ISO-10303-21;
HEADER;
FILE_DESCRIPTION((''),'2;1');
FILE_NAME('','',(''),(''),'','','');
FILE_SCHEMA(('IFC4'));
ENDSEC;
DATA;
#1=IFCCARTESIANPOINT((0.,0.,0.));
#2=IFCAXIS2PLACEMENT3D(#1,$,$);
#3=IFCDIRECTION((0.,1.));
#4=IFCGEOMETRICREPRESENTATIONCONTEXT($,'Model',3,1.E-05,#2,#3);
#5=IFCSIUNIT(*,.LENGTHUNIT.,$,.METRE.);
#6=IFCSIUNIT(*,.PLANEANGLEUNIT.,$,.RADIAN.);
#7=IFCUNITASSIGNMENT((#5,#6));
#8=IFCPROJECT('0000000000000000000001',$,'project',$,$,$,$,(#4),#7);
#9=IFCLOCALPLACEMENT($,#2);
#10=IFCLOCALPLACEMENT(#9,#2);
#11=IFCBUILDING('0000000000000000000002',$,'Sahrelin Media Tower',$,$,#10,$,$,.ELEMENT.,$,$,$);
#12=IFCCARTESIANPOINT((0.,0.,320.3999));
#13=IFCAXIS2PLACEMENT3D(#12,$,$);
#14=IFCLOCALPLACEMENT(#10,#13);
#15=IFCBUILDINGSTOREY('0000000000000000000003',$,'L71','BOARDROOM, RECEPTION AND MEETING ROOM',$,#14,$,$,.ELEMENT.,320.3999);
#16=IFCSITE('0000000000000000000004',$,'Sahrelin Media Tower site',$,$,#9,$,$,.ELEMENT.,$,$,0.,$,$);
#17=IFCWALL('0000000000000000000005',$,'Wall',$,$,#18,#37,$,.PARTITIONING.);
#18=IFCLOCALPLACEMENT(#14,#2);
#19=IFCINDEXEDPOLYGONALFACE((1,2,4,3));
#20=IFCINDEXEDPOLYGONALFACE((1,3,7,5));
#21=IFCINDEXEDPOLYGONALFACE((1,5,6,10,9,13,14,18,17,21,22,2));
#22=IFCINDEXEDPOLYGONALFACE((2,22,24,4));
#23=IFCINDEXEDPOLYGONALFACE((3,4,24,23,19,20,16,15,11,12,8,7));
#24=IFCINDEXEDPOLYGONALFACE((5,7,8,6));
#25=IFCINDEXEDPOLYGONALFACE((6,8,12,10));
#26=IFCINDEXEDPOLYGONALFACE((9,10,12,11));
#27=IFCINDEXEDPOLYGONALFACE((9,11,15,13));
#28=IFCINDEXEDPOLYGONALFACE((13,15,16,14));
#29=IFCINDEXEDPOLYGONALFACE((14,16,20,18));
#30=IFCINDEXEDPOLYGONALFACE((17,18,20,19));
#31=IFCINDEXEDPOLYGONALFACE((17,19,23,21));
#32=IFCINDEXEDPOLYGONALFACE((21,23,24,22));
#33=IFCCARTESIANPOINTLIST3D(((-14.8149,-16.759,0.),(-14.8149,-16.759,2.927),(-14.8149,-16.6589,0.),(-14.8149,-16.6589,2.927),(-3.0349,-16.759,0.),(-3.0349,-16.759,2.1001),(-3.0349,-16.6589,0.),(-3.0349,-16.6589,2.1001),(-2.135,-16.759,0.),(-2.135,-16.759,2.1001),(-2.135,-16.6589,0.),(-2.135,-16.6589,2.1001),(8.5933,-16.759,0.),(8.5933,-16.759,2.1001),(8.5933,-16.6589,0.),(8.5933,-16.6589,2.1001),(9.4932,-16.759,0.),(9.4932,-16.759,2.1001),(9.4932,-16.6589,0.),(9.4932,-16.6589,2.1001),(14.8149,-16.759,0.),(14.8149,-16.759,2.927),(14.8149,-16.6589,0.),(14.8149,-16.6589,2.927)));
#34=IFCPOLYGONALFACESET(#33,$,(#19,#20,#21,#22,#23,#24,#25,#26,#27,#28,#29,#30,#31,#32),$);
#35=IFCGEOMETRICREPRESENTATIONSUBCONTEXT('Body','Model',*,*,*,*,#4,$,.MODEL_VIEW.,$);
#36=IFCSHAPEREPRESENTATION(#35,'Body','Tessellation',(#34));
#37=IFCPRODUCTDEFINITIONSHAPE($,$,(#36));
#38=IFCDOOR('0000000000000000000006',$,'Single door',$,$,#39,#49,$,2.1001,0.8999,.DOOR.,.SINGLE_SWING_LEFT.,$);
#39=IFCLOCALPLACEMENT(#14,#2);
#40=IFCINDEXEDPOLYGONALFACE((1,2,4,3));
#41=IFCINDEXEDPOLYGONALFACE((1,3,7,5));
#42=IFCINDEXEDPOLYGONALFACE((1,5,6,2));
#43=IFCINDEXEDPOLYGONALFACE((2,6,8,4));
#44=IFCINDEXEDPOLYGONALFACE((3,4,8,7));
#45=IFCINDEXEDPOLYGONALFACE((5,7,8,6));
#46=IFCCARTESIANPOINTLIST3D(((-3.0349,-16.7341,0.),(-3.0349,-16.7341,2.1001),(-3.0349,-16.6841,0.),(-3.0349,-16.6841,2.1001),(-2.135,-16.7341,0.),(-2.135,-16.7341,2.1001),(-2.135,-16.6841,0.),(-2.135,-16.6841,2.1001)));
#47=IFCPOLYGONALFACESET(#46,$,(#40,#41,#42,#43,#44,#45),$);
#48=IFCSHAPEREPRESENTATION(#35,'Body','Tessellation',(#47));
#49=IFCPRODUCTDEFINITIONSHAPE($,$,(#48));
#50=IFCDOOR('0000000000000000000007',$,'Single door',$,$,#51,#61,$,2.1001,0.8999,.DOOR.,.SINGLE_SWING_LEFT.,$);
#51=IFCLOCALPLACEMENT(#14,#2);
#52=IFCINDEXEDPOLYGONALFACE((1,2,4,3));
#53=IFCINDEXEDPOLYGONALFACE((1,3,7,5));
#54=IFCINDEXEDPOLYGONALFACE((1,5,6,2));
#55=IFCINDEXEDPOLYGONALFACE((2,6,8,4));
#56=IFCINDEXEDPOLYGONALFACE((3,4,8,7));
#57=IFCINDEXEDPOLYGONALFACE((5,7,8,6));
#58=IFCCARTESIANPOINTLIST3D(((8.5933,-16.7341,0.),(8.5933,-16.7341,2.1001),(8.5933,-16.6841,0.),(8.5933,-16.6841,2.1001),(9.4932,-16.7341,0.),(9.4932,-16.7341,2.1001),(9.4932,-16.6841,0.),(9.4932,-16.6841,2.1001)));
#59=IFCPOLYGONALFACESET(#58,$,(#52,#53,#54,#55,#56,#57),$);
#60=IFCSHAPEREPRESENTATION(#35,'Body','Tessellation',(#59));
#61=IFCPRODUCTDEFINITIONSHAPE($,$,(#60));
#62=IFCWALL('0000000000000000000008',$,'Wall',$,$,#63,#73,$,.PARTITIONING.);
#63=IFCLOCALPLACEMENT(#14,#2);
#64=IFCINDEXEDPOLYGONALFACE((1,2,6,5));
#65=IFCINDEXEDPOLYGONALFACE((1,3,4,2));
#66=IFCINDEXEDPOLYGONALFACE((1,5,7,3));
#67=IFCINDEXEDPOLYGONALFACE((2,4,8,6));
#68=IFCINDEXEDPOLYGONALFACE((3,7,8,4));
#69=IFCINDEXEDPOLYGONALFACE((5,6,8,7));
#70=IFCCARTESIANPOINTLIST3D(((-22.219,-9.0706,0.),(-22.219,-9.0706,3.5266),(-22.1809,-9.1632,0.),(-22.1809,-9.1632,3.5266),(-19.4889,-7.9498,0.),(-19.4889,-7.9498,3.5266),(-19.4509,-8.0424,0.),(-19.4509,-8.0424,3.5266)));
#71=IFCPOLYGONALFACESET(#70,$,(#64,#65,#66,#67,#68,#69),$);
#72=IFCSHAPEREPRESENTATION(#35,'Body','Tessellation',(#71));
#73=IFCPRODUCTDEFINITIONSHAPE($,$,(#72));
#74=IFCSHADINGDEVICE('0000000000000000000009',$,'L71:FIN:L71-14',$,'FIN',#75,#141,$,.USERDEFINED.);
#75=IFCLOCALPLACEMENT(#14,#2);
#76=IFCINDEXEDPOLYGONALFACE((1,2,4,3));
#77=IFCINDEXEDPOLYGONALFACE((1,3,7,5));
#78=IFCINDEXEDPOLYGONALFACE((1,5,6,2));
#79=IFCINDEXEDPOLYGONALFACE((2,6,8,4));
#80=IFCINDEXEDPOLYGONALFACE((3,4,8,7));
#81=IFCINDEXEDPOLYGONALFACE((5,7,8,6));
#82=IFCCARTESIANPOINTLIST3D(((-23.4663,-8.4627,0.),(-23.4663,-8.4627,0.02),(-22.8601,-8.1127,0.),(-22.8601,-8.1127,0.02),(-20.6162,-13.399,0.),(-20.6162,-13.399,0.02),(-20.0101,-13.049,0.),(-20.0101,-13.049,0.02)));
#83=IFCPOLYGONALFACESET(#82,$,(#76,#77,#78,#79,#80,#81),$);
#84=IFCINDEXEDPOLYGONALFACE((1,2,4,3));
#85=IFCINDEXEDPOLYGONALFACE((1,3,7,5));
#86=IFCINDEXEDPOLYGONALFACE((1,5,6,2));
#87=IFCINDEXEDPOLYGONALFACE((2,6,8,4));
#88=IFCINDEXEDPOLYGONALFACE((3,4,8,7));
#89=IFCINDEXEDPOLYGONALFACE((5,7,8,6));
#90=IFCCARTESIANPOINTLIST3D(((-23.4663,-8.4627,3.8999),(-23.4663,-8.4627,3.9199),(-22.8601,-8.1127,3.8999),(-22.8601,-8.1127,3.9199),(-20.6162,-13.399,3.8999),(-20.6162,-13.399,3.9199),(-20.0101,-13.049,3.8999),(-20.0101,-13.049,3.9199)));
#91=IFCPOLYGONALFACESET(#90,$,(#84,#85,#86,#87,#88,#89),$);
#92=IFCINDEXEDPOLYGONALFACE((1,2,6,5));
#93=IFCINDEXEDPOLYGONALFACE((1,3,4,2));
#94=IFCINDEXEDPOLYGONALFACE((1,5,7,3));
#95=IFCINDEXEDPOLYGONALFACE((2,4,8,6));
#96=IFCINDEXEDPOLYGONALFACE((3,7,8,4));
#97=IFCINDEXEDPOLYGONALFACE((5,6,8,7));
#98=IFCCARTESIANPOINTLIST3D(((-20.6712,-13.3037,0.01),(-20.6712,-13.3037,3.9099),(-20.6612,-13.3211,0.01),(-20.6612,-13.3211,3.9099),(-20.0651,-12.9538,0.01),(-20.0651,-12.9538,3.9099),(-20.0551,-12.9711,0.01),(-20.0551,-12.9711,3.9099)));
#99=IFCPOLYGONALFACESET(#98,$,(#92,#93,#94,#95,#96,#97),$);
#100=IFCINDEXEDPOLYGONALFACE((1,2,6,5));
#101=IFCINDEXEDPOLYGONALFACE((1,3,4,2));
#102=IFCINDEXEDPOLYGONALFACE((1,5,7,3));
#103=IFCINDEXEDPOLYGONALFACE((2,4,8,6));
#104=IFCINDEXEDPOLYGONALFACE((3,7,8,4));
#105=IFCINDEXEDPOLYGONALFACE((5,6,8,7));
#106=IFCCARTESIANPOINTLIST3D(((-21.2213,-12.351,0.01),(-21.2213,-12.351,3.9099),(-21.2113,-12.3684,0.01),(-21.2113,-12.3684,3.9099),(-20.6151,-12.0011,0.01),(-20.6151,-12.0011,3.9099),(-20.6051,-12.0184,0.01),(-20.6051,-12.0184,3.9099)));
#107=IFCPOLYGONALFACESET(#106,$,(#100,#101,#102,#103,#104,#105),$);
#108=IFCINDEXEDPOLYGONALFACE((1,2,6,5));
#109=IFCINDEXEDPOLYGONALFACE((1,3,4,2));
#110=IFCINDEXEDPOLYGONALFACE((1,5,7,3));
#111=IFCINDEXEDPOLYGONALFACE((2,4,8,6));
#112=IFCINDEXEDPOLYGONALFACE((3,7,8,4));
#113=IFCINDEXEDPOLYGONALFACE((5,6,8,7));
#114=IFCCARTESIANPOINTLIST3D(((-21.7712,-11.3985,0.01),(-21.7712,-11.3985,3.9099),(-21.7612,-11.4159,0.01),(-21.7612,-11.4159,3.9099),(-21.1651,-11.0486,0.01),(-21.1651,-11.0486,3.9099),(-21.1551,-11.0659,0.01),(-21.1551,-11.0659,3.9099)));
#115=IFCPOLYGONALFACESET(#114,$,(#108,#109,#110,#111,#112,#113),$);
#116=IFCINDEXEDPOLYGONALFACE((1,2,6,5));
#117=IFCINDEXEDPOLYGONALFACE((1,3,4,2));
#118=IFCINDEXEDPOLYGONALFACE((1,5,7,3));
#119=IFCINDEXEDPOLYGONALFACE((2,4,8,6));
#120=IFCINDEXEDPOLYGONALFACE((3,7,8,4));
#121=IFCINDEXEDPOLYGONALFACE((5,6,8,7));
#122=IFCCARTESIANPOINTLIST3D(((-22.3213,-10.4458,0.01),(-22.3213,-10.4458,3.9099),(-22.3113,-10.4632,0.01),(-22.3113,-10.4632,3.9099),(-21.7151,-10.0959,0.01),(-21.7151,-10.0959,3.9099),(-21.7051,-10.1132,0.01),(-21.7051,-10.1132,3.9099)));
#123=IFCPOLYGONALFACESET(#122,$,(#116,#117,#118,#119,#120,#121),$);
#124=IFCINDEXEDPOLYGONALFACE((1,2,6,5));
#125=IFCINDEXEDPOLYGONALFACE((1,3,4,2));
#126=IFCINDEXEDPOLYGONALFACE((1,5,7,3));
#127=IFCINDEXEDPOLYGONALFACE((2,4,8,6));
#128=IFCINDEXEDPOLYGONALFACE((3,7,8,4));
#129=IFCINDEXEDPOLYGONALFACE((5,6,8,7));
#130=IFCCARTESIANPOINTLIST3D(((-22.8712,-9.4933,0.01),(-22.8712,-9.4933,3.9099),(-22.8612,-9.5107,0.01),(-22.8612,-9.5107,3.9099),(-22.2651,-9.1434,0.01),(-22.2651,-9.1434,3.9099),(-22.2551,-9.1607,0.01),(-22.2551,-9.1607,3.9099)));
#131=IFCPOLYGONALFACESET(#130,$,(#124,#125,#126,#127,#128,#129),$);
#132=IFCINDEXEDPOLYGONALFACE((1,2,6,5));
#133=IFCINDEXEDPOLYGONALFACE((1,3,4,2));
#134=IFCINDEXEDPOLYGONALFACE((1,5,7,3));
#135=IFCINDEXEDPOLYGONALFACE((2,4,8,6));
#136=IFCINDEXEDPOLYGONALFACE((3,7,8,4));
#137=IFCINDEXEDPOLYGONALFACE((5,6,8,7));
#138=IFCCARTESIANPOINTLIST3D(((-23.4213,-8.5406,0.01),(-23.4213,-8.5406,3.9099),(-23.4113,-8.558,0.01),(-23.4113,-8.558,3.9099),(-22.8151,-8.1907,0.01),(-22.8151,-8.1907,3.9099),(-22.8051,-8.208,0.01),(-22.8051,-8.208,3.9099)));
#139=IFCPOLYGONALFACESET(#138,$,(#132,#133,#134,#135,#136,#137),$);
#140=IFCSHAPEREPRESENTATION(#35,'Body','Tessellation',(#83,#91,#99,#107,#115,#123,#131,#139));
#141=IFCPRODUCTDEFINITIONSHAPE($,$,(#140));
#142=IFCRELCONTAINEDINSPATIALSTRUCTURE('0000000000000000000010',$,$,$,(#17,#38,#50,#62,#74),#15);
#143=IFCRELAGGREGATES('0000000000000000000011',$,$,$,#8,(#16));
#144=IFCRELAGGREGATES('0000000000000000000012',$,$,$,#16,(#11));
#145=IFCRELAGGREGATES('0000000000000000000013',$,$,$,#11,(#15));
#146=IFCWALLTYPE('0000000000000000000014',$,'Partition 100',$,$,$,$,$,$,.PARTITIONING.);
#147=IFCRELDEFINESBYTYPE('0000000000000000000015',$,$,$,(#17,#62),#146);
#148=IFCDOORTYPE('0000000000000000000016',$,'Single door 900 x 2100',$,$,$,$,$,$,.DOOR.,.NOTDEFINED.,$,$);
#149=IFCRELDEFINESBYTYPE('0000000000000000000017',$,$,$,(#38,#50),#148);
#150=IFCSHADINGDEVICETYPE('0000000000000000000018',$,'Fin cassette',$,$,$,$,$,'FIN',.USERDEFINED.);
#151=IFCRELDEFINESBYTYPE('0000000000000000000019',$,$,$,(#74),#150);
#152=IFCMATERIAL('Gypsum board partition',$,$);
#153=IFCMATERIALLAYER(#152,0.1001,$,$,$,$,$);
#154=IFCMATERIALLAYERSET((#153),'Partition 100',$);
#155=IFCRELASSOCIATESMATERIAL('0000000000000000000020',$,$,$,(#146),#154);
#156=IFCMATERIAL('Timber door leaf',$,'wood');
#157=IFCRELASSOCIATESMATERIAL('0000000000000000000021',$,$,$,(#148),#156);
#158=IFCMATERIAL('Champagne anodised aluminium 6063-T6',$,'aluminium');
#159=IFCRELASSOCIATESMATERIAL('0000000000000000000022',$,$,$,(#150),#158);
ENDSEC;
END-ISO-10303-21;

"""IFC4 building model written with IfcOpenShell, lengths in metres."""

from ifc_helpers import new_model, si_unit, direction, frame, frame_2d, origin, origin_2d, place, context, subcontext, project, spatial, rectangle, extrude, material, layer, layer_set, type_object, element, fill, save


model = new_model("IFC4")

# Units and contexts
model_context = context("Model", 3, precision=1e-05, world=origin(), true_north=direction((0.0, 1.0)))
body_context = subcontext(model_context, "Body", "Model", "MODEL_VIEW")
ifc_project = project(units=[si_unit("LENGTHUNIT", "METRE"), si_unit("PLANEANGLEUNIT", "RADIAN")], contexts=[model_context])

# Site, building, storey
site_placement = place(None, origin())
site = spatial("IfcSite", under=ifc_project, at=site_placement, Name="Sahrelin Media Tower site", CompositionType="ELEMENT", RefElevation=0.0)
building_placement = place(site_placement, origin())
building = spatial("IfcBuilding", under=site, at=building_placement, Name="Sahrelin Media Tower", CompositionType="ELEMENT")
storey_placement = place(building_placement, frame((0.0, 0.0, 320.3999)))
storey = spatial("IfcBuildingStorey", under=building, at=storey_placement, Name="L71", Description="BOARDROOM, RECEPTION AND MEETING ROOM", CompositionType="ELEMENT", Elevation=320.3999)

# Shared definitions
ifc_material_1 = material(Name="Champagne anodised aluminium 6063-T6", Category="aluminium")

# Shared definitions
ifc_material_2 = material(Name="Gypsum board partition")
ifc_layer_1 = layer(ifc_material_2, 0.1001)
ifc_layer_set_1 = layer_set([ifc_layer_1], Name="Partition 100")
wall_type_1 = type_object("IfcWallType", Name="Partition 100", PredefinedType="PARTITIONING", material=ifc_layer_set_1)

# Wall, openings, doors
wall_1_placement = place(storey_placement, frame((-14.8149, -16.709, 0.0), z_axis=(0.0, 0.0, 1.0), x_axis=(1.0, 0.0, 0.0)))
wall_1 = element("IfcWall", 1, at=wall_1_placement, inside=storey, type_object=wall_type_1, Name="Wall", PredefinedType="PARTITIONING", context=body_context, shape_type="SweptSolid", body=[
    extrude(rectangle(XDim=29.6299, YDim=0.1001, at=frame_2d((14.8149, 0.0))), origin(), (0.0, 0.0, 1.0), 2.927),
])
opening_1_placement = place(wall_1_placement, frame((11.78, 0.0, 0.0)))
opening_1 = element("IfcOpeningElement", 2, at=opening_1_placement, cuts=wall_1, PredefinedType="OPENING", context=body_context, shape_type="SweptSolid", body=[
    extrude(rectangle(XDim=0.8999, YDim=2.1001, at=frame_2d((0.45, 1.05))), frame((0.0, 0.05, 0.0), z_axis=(0.0, -1.0, 0.0), x_axis=(1.0, 0.0, 0.0)), (0.0, 0.0, 1.0), 0.1001),
])
opening_2_placement = place(wall_1_placement, frame((23.4082, 0.0, 0.0)))
opening_2 = element("IfcOpeningElement", 3, at=opening_2_placement, cuts=wall_1, PredefinedType="OPENING", context=body_context, shape_type="SweptSolid", body=[
    extrude(rectangle(XDim=0.8999, YDim=2.1001, at=frame_2d((0.45, 1.05))), frame((0.0, 0.05, 0.0), z_axis=(0.0, -1.0, 0.0), x_axis=(1.0, 0.0, 0.0)), (0.0, 0.0, 1.0), 0.1001),
])
ifc_material_3 = material(Name="Timber door leaf", Category="wood")
door_type = type_object("IfcDoorType", Name="Single door 900 x 2100", OperationType="NOTDEFINED", PredefinedType="DOOR", material=ifc_material_3)
door_1_placement = place(opening_1_placement, origin())
door_1 = element("IfcDoor", 4, at=door_1_placement, inside=storey, type_object=door_type, Name="Single door", OperationType="SINGLE_SWING_LEFT", OverallHeight=2.1001, OverallWidth=0.8999, PredefinedType="DOOR", context=body_context, shape_type="SweptSolid", body=[
    extrude(rectangle(XDim=0.8999, YDim=2.1001, at=frame_2d((0.45, 1.05))), frame((0.0, 0.0249, 0.0), z_axis=(0.0, -1.0, 0.0), x_axis=(1.0, 0.0, 0.0)), (0.0, 0.0, 1.0), 0.05),
])
fill(opening_1, door_1)
door_2_placement = place(opening_2_placement, origin())
door_2 = element("IfcDoor", 5, at=door_2_placement, inside=storey, type_object=door_type, Name="Single door", OperationType="SINGLE_SWING_LEFT", OverallHeight=2.1001, OverallWidth=0.8999, PredefinedType="DOOR", context=body_context, shape_type="SweptSolid", body=[
    extrude(rectangle(XDim=0.8999, YDim=2.1001, at=frame_2d((0.45, 1.05))), frame((0.0, 0.0249, 0.0), z_axis=(0.0, -1.0, 0.0), x_axis=(1.0, 0.0, 0.0)), (0.0, 0.0, 1.0), 0.05),
])
fill(opening_2, door_2)

# Wall
wall_2_placement = place(storey_placement, frame((-22.2, -9.1169, 0.0), z_axis=(0.0, 0.0, 1.0), x_axis=(0.925067, 0.379805, 0.0)))
element("IfcWall", 6, at=wall_2_placement, inside=storey, type_object=wall_type_1, Name="Wall", PredefinedType="PARTITIONING", context=body_context, shape_type="SweptSolid", body=[
    extrude(rectangle(XDim=2.9512, YDim=0.1001, at=frame_2d((1.4756, 0.0))), origin(), (0.0, 0.0, 1.0), 3.5266),
])

# Shading device
shading_device_type_1 = type_object("IfcShadingDeviceType", Name="Fin cassette", ElementType="FIN", PredefinedType="USERDEFINED", material=ifc_material_1)
placement_1 = place(storey_placement, frame((-21.3745, -10.5459, 0.0), z_axis=(0.0, 0.0, 1.0), x_axis=(-0.500011, 0.866019, 0.0)))
element("IfcShadingDevice", 7, at=placement_1, inside=storey, type_object=shading_device_type_1, Name="L71:FIN:L71-14", ObjectType="FIN", PredefinedType="USERDEFINED", context=body_context, shape_type="SweptSolid", body=[
    extrude(rectangle(XDim=5.7, YDim=0.7, at=origin_2d()), frame((0.0, 0.4199, 0.0)), (0.0, 0.0, 1.0), 0.02),
    extrude(rectangle(XDim=5.7, YDim=0.7, at=origin_2d()), frame((0.0, 0.4199, 3.8999)), (0.0, 0.0, 1.0), 0.02),
    extrude(rectangle(XDim=0.02, YDim=0.7, at=origin_2d()), frame((-2.75, 0.4199, 0.01), z_axis=(0.0, 0.0, 1.0), x_axis=(1.0, 0.0, 0.0)), (0.0, 0.0, 1.0), 3.8999),
    extrude(rectangle(XDim=0.02, YDim=0.7, at=origin_2d()), frame((-1.6499, 0.4199, 0.01), z_axis=(0.0, 0.0, 1.0), x_axis=(1.0, 0.0, 0.0)), (0.0, 0.0, 1.0), 3.8999),
    extrude(rectangle(XDim=0.02, YDim=0.7, at=origin_2d()), frame((-0.55, 0.4199, 0.01), z_axis=(0.0, 0.0, 1.0), x_axis=(1.0, 0.0, 0.0)), (0.0, 0.0, 1.0), 3.8999),
    extrude(rectangle(XDim=0.02, YDim=0.7, at=origin_2d()), frame((0.55, 0.4199, 0.01), z_axis=(0.0, 0.0, 1.0), x_axis=(1.0, 0.0, 0.0)), (0.0, 0.0, 1.0), 3.8999),
    extrude(rectangle(XDim=0.02, YDim=0.7, at=origin_2d()), frame((1.6499, 0.4199, 0.01), z_axis=(0.0, 0.0, 1.0), x_axis=(1.0, 0.0, 0.0)), (0.0, 0.0, 1.0), 3.8999),
    extrude(rectangle(XDim=0.02, YDim=0.7, at=origin_2d()), frame((2.75, 0.4199, 0.01), z_axis=(0.0, 0.0, 1.0), x_axis=(1.0, 0.0, 0.0)), (0.0, 0.0, 1.0), 3.8999),
])

save(model, "model.ifc")
